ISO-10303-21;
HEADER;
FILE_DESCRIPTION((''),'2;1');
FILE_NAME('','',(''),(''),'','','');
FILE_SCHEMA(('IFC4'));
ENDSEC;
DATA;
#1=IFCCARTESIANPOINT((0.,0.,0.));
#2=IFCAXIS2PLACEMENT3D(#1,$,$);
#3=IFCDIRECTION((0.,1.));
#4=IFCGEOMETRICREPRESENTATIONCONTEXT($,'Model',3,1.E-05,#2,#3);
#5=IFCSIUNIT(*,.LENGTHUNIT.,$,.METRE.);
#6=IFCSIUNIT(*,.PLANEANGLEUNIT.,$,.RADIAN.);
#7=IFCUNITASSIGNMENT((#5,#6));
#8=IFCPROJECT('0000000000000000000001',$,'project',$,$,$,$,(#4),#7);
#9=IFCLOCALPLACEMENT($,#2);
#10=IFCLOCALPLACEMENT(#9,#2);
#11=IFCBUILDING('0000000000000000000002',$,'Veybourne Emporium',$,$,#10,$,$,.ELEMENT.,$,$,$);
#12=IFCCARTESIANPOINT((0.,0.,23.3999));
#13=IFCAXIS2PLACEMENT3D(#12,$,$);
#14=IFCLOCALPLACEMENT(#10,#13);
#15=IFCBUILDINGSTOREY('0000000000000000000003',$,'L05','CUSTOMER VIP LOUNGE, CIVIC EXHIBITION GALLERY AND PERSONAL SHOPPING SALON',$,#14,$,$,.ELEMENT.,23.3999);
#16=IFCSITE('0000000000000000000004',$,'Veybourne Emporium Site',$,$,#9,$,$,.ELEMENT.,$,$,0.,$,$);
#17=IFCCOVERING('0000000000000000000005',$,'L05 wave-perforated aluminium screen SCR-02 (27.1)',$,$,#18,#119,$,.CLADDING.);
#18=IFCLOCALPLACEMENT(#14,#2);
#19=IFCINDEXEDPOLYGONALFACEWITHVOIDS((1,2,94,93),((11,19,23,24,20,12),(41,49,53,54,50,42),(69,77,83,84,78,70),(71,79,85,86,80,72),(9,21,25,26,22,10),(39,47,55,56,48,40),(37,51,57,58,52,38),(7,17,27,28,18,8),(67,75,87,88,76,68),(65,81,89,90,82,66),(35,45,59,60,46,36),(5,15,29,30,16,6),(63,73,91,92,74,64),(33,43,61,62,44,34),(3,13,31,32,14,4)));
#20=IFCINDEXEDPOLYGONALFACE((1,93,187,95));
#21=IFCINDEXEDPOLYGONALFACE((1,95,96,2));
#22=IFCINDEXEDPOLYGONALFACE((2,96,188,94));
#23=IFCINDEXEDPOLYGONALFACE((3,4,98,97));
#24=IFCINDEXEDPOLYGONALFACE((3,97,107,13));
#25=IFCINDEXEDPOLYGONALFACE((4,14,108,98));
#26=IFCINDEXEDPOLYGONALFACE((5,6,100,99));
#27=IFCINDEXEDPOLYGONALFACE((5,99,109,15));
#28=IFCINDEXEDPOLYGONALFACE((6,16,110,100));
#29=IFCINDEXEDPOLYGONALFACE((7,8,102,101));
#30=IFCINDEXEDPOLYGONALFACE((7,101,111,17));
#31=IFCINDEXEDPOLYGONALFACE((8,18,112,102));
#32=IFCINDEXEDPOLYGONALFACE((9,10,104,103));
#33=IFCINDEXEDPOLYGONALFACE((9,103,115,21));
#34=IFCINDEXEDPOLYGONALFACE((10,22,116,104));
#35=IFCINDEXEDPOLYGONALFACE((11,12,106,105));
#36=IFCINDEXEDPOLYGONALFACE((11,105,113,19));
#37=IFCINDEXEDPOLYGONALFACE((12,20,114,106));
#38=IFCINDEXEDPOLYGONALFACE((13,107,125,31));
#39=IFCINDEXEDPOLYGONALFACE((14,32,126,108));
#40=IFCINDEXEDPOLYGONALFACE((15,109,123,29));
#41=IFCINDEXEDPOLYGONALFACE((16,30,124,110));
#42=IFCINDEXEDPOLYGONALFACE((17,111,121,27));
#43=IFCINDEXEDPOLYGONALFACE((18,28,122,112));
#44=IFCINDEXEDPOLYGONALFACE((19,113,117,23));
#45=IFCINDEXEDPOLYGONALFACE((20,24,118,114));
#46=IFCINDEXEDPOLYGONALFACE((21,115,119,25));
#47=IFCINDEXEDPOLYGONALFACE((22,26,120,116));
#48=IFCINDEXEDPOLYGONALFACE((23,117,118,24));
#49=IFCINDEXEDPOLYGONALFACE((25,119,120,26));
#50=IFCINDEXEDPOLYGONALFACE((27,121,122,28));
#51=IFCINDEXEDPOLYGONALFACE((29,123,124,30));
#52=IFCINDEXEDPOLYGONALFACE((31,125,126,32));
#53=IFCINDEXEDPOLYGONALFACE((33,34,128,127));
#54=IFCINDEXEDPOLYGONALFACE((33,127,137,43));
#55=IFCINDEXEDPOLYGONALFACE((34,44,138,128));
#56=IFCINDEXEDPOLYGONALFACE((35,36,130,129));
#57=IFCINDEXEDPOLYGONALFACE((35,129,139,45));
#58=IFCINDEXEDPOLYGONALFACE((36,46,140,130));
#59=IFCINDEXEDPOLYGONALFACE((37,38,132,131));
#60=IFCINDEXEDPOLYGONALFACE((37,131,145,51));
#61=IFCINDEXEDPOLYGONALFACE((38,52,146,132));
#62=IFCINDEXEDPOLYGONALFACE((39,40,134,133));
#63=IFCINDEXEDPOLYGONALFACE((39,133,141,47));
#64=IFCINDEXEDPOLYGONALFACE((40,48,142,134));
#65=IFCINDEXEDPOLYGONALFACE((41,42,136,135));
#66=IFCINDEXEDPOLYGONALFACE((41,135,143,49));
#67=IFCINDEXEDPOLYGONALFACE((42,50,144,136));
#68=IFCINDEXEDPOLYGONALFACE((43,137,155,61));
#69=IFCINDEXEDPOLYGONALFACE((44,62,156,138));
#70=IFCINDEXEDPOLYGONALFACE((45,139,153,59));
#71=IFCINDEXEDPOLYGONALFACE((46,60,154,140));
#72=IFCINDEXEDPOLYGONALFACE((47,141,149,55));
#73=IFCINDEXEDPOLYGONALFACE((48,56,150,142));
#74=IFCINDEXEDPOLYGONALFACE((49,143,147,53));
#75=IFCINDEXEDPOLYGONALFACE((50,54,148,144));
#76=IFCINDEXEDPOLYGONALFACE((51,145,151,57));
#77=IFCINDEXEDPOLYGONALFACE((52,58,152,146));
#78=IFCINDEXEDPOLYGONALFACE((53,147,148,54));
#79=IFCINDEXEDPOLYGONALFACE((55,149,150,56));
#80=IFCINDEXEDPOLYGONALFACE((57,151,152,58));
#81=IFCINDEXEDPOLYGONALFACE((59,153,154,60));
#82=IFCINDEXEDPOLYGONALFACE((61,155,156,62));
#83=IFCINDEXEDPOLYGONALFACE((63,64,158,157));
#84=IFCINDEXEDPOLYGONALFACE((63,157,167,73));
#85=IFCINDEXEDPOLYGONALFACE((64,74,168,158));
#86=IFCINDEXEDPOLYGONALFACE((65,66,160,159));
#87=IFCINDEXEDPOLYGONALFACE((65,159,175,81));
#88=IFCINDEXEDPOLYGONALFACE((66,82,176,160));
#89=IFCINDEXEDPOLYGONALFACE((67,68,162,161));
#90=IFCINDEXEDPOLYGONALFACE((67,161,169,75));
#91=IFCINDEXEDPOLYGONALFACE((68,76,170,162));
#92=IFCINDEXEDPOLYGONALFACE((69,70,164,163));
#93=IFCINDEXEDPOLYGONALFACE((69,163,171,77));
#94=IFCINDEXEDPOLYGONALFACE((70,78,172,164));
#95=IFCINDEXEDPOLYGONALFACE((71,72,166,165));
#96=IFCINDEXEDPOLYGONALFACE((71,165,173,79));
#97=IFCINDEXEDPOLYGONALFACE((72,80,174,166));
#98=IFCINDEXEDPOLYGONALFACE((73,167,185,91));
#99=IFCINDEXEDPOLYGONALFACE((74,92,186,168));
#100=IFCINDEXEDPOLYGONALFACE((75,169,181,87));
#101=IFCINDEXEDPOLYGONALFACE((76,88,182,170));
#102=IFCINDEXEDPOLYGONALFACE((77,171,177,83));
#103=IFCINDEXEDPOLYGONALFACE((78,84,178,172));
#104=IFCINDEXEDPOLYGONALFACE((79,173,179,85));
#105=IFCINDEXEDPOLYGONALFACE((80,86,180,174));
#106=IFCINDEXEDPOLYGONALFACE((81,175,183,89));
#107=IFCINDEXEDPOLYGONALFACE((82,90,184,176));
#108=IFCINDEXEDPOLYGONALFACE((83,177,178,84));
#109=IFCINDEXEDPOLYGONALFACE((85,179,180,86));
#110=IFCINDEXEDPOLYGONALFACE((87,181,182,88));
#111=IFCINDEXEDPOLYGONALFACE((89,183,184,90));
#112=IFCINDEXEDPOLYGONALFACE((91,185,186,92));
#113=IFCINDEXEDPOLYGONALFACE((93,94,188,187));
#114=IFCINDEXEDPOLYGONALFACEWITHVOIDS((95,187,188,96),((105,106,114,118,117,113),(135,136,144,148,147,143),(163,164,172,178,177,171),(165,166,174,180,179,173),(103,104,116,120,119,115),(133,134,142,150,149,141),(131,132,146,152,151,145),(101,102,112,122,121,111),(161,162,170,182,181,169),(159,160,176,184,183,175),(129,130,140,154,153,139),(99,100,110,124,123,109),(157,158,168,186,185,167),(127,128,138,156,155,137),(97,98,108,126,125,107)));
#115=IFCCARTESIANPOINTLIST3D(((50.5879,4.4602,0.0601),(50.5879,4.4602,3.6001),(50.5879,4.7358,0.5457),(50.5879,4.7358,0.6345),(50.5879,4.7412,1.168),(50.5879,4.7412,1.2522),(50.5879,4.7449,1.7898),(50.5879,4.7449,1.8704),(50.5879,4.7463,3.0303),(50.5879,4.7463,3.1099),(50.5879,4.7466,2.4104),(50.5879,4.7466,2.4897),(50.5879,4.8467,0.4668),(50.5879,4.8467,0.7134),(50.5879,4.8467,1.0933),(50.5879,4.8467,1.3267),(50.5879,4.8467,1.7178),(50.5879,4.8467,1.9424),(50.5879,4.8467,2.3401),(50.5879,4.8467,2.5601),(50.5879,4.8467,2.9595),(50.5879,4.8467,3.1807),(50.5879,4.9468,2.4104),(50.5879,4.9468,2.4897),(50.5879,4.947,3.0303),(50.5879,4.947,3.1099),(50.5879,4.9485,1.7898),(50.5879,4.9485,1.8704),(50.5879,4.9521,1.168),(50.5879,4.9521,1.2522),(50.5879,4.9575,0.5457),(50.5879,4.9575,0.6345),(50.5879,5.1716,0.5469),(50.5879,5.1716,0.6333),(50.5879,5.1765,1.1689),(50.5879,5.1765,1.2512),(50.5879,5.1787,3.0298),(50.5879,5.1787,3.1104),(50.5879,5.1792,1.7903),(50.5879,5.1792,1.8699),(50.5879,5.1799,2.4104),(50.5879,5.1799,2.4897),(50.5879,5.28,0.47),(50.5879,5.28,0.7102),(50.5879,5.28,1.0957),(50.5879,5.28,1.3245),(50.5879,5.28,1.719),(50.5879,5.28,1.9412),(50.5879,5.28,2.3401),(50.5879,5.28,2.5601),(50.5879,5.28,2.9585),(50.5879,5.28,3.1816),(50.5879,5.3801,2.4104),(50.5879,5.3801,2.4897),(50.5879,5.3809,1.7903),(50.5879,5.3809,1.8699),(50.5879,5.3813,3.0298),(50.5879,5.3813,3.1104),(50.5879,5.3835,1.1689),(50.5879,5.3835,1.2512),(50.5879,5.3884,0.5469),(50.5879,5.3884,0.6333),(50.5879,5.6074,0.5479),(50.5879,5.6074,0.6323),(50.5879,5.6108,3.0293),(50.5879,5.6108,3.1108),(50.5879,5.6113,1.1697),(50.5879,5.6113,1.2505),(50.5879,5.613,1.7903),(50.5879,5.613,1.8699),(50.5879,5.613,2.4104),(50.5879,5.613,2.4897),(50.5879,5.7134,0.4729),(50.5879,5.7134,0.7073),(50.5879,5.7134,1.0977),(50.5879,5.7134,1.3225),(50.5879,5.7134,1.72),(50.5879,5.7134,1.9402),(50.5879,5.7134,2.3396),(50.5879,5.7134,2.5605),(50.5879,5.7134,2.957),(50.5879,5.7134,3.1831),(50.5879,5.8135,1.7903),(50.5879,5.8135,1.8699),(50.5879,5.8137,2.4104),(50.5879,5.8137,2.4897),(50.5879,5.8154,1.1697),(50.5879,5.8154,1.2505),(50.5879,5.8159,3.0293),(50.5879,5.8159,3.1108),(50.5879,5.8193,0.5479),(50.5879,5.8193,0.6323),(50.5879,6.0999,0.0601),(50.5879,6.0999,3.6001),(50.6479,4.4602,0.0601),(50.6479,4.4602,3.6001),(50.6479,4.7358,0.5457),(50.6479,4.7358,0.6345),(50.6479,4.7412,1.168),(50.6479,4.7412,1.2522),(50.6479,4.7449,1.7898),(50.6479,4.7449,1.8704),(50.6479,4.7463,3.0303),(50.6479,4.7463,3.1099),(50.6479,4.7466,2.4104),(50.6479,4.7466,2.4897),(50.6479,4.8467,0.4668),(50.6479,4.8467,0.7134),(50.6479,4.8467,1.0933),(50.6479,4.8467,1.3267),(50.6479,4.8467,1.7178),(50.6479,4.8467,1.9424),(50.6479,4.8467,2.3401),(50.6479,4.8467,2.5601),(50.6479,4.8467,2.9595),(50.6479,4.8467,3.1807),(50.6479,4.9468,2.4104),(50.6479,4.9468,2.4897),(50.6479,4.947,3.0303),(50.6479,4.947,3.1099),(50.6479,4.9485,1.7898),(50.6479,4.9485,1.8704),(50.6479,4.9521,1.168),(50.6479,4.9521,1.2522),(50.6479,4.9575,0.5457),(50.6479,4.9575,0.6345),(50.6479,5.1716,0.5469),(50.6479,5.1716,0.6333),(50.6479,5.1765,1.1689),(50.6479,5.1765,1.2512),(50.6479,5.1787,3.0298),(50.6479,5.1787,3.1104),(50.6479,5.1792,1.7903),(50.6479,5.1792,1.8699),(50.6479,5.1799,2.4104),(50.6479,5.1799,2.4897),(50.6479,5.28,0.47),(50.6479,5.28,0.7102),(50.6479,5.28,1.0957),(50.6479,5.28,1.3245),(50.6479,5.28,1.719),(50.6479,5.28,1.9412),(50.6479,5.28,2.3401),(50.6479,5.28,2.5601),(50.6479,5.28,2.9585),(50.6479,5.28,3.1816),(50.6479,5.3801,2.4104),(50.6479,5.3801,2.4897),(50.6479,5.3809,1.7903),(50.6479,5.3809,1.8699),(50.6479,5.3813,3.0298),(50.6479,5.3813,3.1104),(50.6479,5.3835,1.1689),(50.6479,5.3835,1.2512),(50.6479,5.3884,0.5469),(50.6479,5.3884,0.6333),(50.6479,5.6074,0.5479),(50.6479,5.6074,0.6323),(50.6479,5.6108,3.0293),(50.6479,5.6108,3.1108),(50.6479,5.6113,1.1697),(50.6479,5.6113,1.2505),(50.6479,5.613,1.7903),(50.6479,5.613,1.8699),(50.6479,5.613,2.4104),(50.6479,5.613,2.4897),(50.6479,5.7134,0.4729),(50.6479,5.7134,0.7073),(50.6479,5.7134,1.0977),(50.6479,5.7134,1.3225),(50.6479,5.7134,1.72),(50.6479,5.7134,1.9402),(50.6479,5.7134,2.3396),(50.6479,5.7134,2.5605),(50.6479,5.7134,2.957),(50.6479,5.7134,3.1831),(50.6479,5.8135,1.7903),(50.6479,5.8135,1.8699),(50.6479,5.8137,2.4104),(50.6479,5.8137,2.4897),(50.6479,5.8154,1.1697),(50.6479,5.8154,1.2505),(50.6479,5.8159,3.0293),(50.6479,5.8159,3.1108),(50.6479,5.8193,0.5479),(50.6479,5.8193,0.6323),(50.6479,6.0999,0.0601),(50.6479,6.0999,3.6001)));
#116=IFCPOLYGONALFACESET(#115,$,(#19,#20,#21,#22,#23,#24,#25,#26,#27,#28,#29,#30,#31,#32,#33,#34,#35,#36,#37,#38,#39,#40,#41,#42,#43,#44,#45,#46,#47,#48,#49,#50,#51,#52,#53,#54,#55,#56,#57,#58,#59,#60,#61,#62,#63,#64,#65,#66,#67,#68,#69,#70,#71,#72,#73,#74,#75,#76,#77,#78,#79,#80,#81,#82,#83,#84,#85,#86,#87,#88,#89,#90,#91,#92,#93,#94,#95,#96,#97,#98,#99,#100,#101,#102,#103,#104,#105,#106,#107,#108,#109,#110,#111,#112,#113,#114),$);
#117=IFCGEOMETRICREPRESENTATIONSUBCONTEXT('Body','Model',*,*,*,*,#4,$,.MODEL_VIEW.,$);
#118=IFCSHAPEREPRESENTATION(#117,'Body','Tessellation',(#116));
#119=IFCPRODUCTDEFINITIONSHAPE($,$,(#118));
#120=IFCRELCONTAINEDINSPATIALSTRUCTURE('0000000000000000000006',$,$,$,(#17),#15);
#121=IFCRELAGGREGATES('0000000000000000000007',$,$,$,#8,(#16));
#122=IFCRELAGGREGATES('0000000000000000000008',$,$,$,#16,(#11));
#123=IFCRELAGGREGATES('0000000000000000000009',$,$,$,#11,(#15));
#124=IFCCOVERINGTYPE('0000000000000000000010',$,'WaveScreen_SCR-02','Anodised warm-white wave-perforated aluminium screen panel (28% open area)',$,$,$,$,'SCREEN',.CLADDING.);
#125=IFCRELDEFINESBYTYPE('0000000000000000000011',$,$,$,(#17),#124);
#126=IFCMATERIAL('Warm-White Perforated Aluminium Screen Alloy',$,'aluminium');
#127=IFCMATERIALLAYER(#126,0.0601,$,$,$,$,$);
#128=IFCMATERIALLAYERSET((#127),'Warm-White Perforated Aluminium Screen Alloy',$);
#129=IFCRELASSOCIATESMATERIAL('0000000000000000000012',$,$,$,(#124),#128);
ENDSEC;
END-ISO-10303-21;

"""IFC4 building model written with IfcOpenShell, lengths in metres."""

from ifc_helpers import new_model, si_unit, direction, frame, origin, place, context, subcontext, project, spatial, polyline, outline, extrude, material, layer, layer_set, type_object, element, save


model = new_model("IFC4")

# Units and contexts
model_context = context("Model", 3, precision=1e-05, world=origin(), true_north=direction((0.0, 1.0)))
body_context = subcontext(model_context, "Body", "Model", "MODEL_VIEW")
ifc_project = project(units=[si_unit("LENGTHUNIT", "METRE"), si_unit("PLANEANGLEUNIT", "RADIAN")], contexts=[model_context])

# Site, building, storey
site_placement = place(None, origin())
site = spatial("IfcSite", under=ifc_project, at=site_placement, Name="Veybourne Emporium Site", CompositionType="ELEMENT", RefElevation=0.0)
building_placement = place(site_placement, origin())
building = spatial("IfcBuilding", under=site, at=building_placement, Name="Veybourne Emporium", CompositionType="ELEMENT")
storey_placement = place(building_placement, frame((0.0, 0.0, 23.3999)))
storey = spatial("IfcBuildingStorey", under=building, at=storey_placement, Name="L05", Description="CUSTOMER VIP LOUNGE, CIVIC EXHIBITION GALLERY AND PERSONAL SHOPPING SALON", CompositionType="ELEMENT", Elevation=23.3999)

# Covering
ifc_material_1 = material(Name="Warm-White Perforated Aluminium Screen Alloy", Category="aluminium")
ifc_layer_1 = layer(ifc_material_1, 0.0601)
ifc_layer_set_1 = layer_set([ifc_layer_1], Name="Warm-White Perforated Aluminium Screen Alloy")
covering_type_1 = type_object("IfcCoveringType", Name="WaveScreen_SCR-02", Description="Anodised warm-white wave-perforated aluminium screen panel (28% open area)", ElementType="SCREEN", PredefinedType="CLADDING", material=ifc_layer_set_1)
covering_1_placement = place(storey_placement, frame((50.6479, 5.28, 1.8301), z_axis=(-1.0, 0.0, 0.0), x_axis=(0.0, -1.0, 0.0)))
element("IfcCovering", 1, at=covering_1_placement, inside=storey, type_object=covering_type_1, Name="L05 wave-perforated aluminium screen SCR-02 (27.1)", PredefinedType="CLADDING", context=body_context, shape_type="SweptSolid", body=[
    extrude(outline(polyline([(-0.8198, -1.77), (0.8198, -1.77), (0.8198, 1.77), (-0.8198, 1.77), (-0.8198, -1.77)]), holes=[polyline([(-0.4333, -1.1228), (-0.3274, -1.1978), (-0.3274, -1.2822), (-0.4333, -1.3572), (-0.5393, -1.2822), (-0.5393, -1.1978), (-0.4333, -1.1228)]), polyline([(-0.4333, -0.5076), (-0.3313, -0.5796), (-0.3313, -0.6604), (-0.4333, -0.7324), (-0.5354, -0.6604), (-0.5354, -0.5796), (-0.4333, -0.5076)]), polyline([(-0.4333, 0.1101), (-0.333, 0.0398), (-0.333, -0.0398), (-0.4333, -0.1101), (-0.5334, -0.0398), (-0.5334, 0.0398), (-0.4333, 0.1101)]), polyline([(-0.4333, 0.7305), (-0.333, 0.6597), (-0.333, 0.5803), (-0.4333, 0.5095), (-0.5337, 0.5803), (-0.5337, 0.6597), (-0.4333, 0.7305)]), polyline([(-0.4333, 1.353), (-0.3308, 1.2808), (-0.3308, 1.1992), (-0.4333, 1.127), (-0.5359, 1.1992), (-0.5359, 1.2808), (-0.4333, 1.353)]), polyline([(0.0, -1.1199), (0.1084, -1.1968), (0.1084, -1.2832), (0.0, -1.3601), (-0.1084, -1.2832), (-0.1084, -1.1968), (0.0, -1.1199)]), polyline([(0.0, -0.5056), (0.1035, -0.5789), (0.1035, -0.6611), (0.0, -0.7344), (-0.1035, -0.6611), (-0.1035, -0.5789), (0.0, -0.5056)]), polyline([(0.0, 0.1111), (0.1008, 0.0398), (0.1008, -0.0398), (0.0, -0.1111), (-0.1008, -0.0398), (-0.1008, 0.0398), (0.0, 0.1111)]), polyline([(0.0, 0.73), (0.1001, 0.6597), (0.1001, 0.5803), (0.0, 0.51), (-0.1001, 0.5803), (-0.1001, 0.6597), (0.0, 0.73)]), polyline([(0.0, 1.3516), (0.1013, 1.2803), (0.1013, 1.1997), (0.0, 1.1284), (-0.1013, 1.1997), (-0.1013, 1.2803), (0.0, 1.3516)]), polyline([(0.4333, -1.1167), (0.5442, -1.1956), (0.5442, -1.2844), (0.4333, -1.3633), (0.3225, -1.2844), (0.3225, -1.1956), (0.4333, -1.1167)]), polyline([(0.4333, -0.5034), (0.5388, -0.5779), (0.5388, -0.6621), (0.4333, -0.7368), (0.3279, -0.6621), (0.3279, -0.5779), (0.4333, -0.5034)]), polyline([(0.4333, 0.1123), (0.5352, 0.0403), (0.5352, -0.0403), (0.4333, -0.1123), (0.3315, -0.0403), (0.3315, 0.0403), (0.4333, 0.1123)]), polyline([(0.4333, 0.73), (0.5334, 0.6597), (0.5334, 0.5803), (0.4333, 0.51), (0.3333, 0.5803), (0.3333, 0.6597), (0.4333, 0.73)]), polyline([(0.4333, 1.3506), (0.5337, 1.2798), (0.5337, 1.2002), (0.4333, 1.1294), (0.333, 1.2002), (0.333, 1.2798), (0.4333, 1.3506)])]), origin(), (0.0, 0.0, 1.0), 0.0601),
])

save(model, "model.ifc")
